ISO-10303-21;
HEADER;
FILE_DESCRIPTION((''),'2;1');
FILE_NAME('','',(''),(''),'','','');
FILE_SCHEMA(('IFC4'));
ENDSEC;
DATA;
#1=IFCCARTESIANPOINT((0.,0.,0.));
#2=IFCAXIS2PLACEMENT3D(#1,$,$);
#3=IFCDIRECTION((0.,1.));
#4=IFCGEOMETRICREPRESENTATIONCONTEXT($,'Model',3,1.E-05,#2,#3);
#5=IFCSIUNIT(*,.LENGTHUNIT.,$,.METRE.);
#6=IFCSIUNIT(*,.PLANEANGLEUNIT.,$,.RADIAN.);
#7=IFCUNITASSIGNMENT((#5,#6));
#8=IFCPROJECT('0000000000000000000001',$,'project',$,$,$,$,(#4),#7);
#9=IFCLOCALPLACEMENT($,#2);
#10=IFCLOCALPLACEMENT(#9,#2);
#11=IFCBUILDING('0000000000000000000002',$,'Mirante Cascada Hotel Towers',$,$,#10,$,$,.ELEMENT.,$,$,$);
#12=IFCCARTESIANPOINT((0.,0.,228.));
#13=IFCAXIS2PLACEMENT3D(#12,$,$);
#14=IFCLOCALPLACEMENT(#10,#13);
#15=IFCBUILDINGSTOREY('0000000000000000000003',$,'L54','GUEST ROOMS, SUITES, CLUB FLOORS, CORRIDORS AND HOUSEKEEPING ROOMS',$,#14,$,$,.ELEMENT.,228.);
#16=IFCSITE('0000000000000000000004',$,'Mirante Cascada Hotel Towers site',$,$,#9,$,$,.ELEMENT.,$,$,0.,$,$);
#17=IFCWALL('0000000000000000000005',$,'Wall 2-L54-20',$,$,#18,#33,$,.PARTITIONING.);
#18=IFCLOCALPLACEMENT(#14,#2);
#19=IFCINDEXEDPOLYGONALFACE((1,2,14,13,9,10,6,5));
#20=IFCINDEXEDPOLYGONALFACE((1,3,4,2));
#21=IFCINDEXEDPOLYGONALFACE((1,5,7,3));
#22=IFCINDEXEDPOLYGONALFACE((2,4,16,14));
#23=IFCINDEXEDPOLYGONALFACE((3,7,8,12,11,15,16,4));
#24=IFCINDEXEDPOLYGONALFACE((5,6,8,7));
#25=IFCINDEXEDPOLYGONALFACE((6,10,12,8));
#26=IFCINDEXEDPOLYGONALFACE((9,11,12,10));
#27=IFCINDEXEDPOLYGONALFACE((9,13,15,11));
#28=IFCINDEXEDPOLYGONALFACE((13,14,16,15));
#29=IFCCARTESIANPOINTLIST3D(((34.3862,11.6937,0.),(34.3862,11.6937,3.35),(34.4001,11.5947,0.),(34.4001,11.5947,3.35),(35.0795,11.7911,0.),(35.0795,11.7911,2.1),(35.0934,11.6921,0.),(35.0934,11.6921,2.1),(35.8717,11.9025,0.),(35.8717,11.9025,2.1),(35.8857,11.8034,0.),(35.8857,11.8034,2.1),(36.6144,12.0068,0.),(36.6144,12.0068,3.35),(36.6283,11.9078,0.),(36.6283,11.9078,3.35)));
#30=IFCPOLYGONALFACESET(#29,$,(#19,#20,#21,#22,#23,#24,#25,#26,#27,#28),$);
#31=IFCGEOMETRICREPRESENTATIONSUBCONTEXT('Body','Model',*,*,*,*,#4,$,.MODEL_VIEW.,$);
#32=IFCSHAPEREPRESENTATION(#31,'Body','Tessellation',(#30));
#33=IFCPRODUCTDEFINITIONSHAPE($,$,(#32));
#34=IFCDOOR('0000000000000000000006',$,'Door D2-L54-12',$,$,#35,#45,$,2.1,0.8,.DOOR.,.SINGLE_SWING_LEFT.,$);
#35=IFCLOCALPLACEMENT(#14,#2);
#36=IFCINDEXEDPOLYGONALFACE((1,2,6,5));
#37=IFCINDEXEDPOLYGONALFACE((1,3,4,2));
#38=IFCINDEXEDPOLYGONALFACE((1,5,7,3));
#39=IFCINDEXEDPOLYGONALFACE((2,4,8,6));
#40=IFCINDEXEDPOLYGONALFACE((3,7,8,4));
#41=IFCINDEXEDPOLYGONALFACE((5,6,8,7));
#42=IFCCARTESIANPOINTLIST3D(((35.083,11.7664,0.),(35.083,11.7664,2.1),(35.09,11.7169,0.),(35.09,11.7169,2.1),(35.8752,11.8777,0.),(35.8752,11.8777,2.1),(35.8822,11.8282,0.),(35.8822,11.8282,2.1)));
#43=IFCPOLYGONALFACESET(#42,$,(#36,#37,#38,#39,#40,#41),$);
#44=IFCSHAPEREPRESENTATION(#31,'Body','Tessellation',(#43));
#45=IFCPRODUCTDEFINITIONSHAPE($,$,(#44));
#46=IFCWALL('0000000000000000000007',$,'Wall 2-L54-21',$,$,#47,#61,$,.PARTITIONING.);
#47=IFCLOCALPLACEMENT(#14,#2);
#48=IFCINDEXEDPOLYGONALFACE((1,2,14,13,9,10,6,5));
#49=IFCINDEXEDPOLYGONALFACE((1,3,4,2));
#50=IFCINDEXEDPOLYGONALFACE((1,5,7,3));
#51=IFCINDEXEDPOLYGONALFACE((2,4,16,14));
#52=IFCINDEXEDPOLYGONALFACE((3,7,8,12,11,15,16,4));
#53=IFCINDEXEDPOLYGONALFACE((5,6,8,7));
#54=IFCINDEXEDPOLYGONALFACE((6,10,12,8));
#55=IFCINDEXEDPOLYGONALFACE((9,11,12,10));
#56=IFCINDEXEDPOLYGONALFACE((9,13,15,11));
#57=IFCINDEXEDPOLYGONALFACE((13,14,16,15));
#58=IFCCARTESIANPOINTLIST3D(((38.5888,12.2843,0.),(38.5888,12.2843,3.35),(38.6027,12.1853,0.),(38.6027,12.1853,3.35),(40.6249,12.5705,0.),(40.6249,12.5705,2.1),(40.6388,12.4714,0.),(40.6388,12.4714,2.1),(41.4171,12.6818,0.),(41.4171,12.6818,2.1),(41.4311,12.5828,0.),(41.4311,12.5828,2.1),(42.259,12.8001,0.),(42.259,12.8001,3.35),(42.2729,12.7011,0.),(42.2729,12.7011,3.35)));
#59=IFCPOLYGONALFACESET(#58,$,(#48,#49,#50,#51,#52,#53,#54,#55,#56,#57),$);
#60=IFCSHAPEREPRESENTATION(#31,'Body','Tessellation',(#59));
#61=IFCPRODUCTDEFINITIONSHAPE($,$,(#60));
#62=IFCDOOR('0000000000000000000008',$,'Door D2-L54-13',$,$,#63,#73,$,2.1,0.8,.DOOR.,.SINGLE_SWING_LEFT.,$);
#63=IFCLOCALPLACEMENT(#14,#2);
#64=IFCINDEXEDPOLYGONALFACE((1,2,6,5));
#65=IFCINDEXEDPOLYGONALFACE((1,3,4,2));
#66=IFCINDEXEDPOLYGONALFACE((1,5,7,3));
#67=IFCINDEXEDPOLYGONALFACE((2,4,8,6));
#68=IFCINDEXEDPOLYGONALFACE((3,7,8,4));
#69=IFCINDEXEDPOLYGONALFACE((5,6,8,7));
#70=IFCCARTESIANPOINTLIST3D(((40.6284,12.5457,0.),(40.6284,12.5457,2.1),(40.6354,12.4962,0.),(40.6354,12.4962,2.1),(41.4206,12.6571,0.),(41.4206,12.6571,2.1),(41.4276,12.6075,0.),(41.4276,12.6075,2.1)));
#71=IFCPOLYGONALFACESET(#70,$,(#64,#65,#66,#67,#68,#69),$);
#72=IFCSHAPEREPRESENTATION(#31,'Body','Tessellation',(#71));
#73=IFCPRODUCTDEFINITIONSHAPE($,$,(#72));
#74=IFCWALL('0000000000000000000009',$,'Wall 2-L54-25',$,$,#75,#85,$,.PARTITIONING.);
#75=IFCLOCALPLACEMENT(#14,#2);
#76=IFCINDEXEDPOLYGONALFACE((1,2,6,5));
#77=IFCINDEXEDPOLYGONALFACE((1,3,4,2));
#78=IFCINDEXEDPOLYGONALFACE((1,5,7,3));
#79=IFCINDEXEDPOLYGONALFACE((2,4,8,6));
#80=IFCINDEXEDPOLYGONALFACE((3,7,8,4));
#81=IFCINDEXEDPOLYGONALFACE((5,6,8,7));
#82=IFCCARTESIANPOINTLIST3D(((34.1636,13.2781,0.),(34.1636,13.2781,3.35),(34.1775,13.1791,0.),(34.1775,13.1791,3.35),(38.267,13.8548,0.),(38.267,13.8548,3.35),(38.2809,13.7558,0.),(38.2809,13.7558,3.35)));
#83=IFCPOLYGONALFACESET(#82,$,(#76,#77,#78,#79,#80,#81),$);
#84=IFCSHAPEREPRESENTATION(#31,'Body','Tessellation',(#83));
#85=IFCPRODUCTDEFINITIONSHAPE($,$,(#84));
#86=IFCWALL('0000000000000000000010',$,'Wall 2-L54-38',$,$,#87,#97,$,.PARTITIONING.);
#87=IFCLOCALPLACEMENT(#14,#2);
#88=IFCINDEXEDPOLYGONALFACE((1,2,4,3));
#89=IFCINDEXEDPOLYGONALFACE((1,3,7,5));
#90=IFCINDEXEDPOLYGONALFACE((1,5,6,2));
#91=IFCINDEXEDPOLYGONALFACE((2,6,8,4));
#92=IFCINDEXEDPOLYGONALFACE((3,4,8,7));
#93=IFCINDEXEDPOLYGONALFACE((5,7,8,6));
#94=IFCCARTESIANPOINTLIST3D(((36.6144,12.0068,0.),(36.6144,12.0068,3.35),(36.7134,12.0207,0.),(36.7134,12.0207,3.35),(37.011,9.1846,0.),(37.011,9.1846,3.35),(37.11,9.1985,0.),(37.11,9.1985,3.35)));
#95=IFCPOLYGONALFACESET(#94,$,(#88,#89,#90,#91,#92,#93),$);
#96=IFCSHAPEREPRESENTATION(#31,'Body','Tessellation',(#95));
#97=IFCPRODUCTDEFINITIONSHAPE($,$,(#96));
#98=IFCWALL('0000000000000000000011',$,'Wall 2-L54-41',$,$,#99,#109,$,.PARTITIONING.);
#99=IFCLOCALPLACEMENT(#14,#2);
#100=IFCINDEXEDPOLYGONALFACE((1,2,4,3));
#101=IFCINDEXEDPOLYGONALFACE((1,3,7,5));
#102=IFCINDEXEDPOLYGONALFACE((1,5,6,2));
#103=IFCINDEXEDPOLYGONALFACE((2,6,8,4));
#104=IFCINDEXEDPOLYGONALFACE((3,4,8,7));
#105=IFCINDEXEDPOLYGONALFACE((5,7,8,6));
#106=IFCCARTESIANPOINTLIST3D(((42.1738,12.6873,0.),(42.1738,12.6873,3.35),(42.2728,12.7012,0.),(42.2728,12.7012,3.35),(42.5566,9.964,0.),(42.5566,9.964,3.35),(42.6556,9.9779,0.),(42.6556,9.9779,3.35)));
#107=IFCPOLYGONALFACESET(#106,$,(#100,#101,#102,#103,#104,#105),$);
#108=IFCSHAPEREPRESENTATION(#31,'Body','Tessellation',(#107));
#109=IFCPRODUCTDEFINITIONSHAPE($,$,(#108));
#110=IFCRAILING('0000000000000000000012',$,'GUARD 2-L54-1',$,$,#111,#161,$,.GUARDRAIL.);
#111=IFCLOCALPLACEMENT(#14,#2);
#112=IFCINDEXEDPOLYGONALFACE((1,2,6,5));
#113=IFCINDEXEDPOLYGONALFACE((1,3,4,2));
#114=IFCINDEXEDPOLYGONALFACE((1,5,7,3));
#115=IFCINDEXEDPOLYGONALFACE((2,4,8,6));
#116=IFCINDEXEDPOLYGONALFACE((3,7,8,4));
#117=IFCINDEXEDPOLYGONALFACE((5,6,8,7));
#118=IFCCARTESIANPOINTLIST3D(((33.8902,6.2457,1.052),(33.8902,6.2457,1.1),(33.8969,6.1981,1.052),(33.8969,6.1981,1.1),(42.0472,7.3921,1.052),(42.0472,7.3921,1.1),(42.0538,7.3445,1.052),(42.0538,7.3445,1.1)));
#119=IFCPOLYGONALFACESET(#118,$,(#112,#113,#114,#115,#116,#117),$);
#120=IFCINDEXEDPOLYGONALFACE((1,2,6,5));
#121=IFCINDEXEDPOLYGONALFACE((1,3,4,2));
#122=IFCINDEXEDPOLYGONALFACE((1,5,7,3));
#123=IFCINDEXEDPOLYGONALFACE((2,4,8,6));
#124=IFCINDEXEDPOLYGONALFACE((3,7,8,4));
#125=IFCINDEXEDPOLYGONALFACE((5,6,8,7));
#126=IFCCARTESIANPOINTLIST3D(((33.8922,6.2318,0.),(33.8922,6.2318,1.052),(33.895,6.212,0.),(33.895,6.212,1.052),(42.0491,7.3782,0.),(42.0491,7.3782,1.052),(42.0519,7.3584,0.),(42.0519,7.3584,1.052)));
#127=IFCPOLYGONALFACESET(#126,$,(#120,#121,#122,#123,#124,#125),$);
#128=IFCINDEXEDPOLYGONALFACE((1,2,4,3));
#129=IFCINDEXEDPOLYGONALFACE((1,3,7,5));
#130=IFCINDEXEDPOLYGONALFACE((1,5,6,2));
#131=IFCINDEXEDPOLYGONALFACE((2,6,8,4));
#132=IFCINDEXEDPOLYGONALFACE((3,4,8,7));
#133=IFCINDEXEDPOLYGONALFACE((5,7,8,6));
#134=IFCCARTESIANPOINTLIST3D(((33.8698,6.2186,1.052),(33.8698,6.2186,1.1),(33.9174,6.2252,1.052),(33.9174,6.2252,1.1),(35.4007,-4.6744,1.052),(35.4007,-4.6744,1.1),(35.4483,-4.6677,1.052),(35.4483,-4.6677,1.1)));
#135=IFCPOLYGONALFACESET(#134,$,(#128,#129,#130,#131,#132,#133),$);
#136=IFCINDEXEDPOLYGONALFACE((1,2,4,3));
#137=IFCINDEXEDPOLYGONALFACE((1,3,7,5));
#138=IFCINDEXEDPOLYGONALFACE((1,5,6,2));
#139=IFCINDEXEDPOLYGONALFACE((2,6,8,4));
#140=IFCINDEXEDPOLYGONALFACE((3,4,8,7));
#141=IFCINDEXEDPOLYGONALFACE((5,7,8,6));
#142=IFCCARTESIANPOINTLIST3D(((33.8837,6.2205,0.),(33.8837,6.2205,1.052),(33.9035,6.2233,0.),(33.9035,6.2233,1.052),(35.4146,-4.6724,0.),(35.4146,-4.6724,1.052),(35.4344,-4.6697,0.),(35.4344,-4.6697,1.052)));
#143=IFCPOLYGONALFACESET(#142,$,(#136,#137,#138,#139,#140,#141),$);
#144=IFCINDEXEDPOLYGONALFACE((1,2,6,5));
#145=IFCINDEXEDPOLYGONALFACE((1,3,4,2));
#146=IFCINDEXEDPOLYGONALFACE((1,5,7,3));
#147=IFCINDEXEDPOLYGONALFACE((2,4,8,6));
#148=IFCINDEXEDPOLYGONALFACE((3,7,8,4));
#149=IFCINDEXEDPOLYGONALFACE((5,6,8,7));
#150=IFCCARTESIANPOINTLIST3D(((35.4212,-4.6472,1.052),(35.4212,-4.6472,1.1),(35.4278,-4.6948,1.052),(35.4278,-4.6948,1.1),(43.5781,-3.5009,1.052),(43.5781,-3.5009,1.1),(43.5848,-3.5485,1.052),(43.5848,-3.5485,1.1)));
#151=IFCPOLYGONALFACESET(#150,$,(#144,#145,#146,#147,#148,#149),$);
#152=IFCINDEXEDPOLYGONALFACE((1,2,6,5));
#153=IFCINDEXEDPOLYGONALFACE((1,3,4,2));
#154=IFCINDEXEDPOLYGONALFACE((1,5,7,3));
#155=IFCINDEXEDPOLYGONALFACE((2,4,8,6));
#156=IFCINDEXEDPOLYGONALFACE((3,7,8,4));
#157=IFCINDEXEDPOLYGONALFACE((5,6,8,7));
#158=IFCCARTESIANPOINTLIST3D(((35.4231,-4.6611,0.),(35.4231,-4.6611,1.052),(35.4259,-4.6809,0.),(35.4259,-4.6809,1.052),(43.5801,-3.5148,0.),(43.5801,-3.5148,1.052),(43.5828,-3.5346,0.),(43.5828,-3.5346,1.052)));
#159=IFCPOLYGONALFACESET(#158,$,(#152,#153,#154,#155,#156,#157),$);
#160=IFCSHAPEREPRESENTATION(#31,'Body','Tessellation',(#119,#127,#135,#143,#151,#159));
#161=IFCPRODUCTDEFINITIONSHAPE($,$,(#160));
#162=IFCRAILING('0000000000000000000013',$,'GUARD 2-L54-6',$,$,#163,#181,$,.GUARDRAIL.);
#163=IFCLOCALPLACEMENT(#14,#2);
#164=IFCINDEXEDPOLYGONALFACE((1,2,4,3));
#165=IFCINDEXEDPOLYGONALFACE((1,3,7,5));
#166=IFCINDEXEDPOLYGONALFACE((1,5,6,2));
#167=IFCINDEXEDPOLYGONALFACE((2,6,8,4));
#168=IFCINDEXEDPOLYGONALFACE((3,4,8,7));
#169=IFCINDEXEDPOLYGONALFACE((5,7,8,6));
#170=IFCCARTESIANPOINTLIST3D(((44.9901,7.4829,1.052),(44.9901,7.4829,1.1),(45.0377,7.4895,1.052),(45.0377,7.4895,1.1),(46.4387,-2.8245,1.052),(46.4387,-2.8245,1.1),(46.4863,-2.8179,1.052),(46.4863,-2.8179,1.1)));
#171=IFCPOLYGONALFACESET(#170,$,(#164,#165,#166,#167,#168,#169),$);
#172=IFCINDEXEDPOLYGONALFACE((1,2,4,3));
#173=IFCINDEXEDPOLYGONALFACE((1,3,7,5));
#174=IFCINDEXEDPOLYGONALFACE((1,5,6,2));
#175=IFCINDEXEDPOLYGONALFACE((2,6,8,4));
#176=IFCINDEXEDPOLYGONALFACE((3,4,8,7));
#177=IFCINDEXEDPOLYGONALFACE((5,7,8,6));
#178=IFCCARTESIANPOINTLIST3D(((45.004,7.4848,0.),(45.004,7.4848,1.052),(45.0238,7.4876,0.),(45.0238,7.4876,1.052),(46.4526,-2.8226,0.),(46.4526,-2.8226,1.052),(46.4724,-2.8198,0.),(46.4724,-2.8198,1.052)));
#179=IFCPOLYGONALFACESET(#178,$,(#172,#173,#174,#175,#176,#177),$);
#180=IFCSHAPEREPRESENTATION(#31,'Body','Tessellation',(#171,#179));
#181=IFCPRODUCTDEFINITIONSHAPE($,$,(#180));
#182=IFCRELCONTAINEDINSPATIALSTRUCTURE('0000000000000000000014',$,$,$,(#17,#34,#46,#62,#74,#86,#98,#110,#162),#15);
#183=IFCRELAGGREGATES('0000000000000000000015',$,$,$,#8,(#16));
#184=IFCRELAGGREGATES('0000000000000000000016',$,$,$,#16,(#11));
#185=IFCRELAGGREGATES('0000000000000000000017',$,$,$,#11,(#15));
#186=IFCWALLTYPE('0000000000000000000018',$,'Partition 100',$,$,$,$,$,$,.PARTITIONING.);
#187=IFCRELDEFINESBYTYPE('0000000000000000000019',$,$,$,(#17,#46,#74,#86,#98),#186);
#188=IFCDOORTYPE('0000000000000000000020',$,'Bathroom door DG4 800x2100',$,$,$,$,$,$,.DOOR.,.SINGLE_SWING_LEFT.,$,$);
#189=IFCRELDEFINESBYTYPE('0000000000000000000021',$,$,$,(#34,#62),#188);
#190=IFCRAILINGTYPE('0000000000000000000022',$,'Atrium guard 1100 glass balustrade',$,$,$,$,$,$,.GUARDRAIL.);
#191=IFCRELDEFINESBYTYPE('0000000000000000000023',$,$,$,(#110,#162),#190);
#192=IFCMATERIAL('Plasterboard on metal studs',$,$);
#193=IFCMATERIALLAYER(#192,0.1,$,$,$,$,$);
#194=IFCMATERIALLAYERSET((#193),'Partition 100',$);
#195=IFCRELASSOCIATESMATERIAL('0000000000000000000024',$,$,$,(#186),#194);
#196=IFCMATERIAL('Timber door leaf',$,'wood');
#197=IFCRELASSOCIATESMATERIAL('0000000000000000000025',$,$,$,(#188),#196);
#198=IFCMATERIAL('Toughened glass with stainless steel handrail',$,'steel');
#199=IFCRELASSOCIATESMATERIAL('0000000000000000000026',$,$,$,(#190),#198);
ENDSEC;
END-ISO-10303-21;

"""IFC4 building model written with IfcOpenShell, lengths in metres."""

from ifc_helpers import new_model, si_unit, direction, frame, frame_2d, origin, origin_2d, place, context, subcontext, project, spatial, rectangle, extrude, material, layer, layer_set, type_object, element, fill, save


model = new_model("IFC4")

# Units and contexts
model_context = context("Model", 3, precision=1e-05, world=origin(), true_north=direction((0.0, 1.0)))
body_context = subcontext(model_context, "Body", "Model", "MODEL_VIEW")
ifc_project = project(units=[si_unit("LENGTHUNIT", "METRE"), si_unit("PLANEANGLEUNIT", "RADIAN")], contexts=[model_context])

# Site, building, storey
site_placement = place(None, origin())
site = spatial("IfcSite", under=ifc_project, at=site_placement, Name="Mirante Cascada Hotel Towers site", CompositionType="ELEMENT", RefElevation=0.0)
building_placement = place(site_placement, origin())
building = spatial("IfcBuilding", under=site, at=building_placement, Name="Mirante Cascada Hotel Towers", CompositionType="ELEMENT")
storey_placement = place(building_placement, frame((0.0, 0.0, 228.0)))
storey = spatial("IfcBuildingStorey", under=building, at=storey_placement, Name="L54", Description="GUEST ROOMS, SUITES, CLUB FLOORS, CORRIDORS AND HOUSEKEEPING ROOMS", CompositionType="ELEMENT", Elevation=228.0)

# Shared definitions
ifc_material_1 = material(Name="Plasterboard on metal studs")
ifc_layer_1 = layer(ifc_material_1, 0.1)
ifc_layer_set_1 = layer_set([ifc_layer_1], Name="Partition 100")
wall_type_1 = type_object("IfcWallType", Name="Partition 100", PredefinedType="PARTITIONING", material=ifc_layer_set_1)

# Walls, openings, doors
wall_1_placement = place(storey_placement, frame((36.6214, 11.9573, 0.0), z_axis=(0.0, 0.0, 1.0), x_axis=(-0.990271, -0.13915, 0.0)))
wall_1 = element("IfcWall", 1, at=wall_1_placement, inside=storey, type_object=wall_type_1, Name="Wall 2-L54-20", PredefinedType="PARTITIONING", context=body_context, shape_type="SweptSolid", body=[
    extrude(rectangle(XDim=2.2501, YDim=0.1, at=frame_2d((1.1251, 0.0))), origin(), (0.0, 0.0, 1.0), 3.35),
])
opening_1_placement = place(wall_1_placement, frame((0.75, 0.0, 0.0)))
opening_1 = element("IfcOpeningElement", 2, at=opening_1_placement, cuts=wall_1, PredefinedType="OPENING", context=body_context, shape_type="SweptSolid", body=[
    extrude(rectangle(XDim=0.8, YDim=2.1, at=frame_2d((0.4, 1.05))), frame((0.0, 0.05, 0.0), z_axis=(0.0, -1.0, 0.0), x_axis=(1.0, 0.0, 0.0)), (0.0, 0.0, 1.0), 0.1),
])
ifc_material_2 = material(Name="Timber door leaf", Category="wood")
door_type_1 = type_object("IfcDoorType", Name="Bathroom door DG4 800x2100", OperationType="SINGLE_SWING_LEFT", PredefinedType="DOOR", material=ifc_material_2)
door_1_placement = place(opening_1_placement, origin())
door_1 = element("IfcDoor", 3, at=door_1_placement, inside=storey, type_object=door_type_1, Name="Door D2-L54-12", OperationType="SINGLE_SWING_LEFT", OverallHeight=2.1, OverallWidth=0.8, PredefinedType="DOOR", context=body_context, shape_type="SweptSolid", body=[
    extrude(rectangle(XDim=0.8, YDim=2.1, at=frame_2d((0.4, 1.05))), frame((0.0, 0.025, 0.0), z_axis=(0.0, -1.0, 0.0), x_axis=(1.0, 0.0, 0.0)), (0.0, 0.0, 1.0), 0.05),
])
fill(opening_1, door_1)
wall_2_placement = place(storey_placement, frame((38.5957, 12.2348, 0.0), z_axis=(0.0, 0.0, 1.0), x_axis=(0.990269, 0.13917, 0.0)))
wall_2 = element("IfcWall", 4, at=wall_2_placement, inside=storey, type_object=wall_type_1, Name="Wall 2-L54-21", PredefinedType="PARTITIONING", context=body_context, shape_type="SweptSolid", body=[
    extrude(rectangle(XDim=3.7063, YDim=0.1, at=frame_2d((1.8532, 0.0))), origin(), (0.0, 0.0, 1.0), 3.35),
])
opening_2_placement = place(wall_2_placement, frame((2.0562, 0.0, 0.0)))
opening_2 = element("IfcOpeningElement", 5, at=opening_2_placement, cuts=wall_2, PredefinedType="OPENING", context=body_context, shape_type="SweptSolid", body=[
    extrude(rectangle(XDim=0.8, YDim=2.1, at=frame_2d((0.4, 1.05))), frame((0.0, 0.05, 0.0), z_axis=(0.0, -1.0, 0.0), x_axis=(1.0, 0.0, 0.0)), (0.0, 0.0, 1.0), 0.1),
])
door_2_placement = place(opening_2_placement, origin())
door_2 = element("IfcDoor", 6, at=door_2_placement, inside=storey, type_object=door_type_1, Name="Door D2-L54-13", OperationType="SINGLE_SWING_LEFT", OverallHeight=2.1, OverallWidth=0.8, PredefinedType="DOOR", context=body_context, shape_type="SweptSolid", body=[
    extrude(rectangle(XDim=0.8, YDim=2.1, at=frame_2d((0.4, 1.05))), frame((0.0, 0.025, 0.0), z_axis=(0.0, -1.0, 0.0), x_axis=(1.0, 0.0, 0.0)), (0.0, 0.0, 1.0), 0.05),
])
fill(opening_2, door_2)

# Walls
wall_3_placement = place(storey_placement, frame((34.1706, 13.2286, 0.0), z_axis=(0.0, 0.0, 1.0), x_axis=(0.990268, 0.139174, 0.0)))
element("IfcWall", 7, at=wall_3_placement, inside=storey, type_object=wall_type_1, Name="Wall 2-L54-25", PredefinedType="PARTITIONING", context=body_context, shape_type="SweptSolid", body=[
    extrude(rectangle(XDim=4.1437, YDim=0.1, at=frame_2d((2.0718, 0.0))), origin(), (0.0, 0.0, 1.0), 3.35),
])
wall_4_placement = place(storey_placement, frame((36.6639, 12.0138, 0.0), z_axis=(0.0, 0.0, 1.0), x_axis=(0.139161, -0.99027, 0.0)))
element("IfcWall", 8, at=wall_4_placement, inside=storey, type_object=wall_type_1, Name="Wall 2-L54-38", PredefinedType="PARTITIONING", context=body_context, shape_type="SweptSolid", body=[
    extrude(rectangle(XDim=2.8499, YDim=0.1, at=frame_2d((1.425, 0.0))), origin(), (0.0, 0.0, 1.0), 3.35),
])
wall_5_placement = place(storey_placement, frame((42.6061, 9.9709, 0.0), z_axis=(0.0, 0.0, 1.0), x_axis=(-0.139196, 0.990265, 0.0)))
element("IfcWall", 9, at=wall_5_placement, inside=storey, type_object=wall_type_1, Name="Wall 2-L54-41", PredefinedType="PARTITIONING", context=body_context, shape_type="SweptSolid", body=[
    extrude(rectangle(XDim=2.7501, YDim=0.1, at=frame_2d((1.3751, 0.0))), origin(), (0.0, 0.0, 1.0), 3.35),
])

# Railings
ifc_material_3 = material(Name="Toughened glass with stainless steel handrail", Category="steel")
railing_type = type_object("IfcRailingType", Name="Atrium guard 1100 glass balustrade", PredefinedType="GUARDRAIL", material=ifc_material_3)
railing_1_placement = place(storey_placement, frame((42.0505, 7.3683, 0.0)))
element("IfcRailing", 10, at=railing_1_placement, inside=storey, type_object=railing_type, Name="GUARD 2-L54-1", PredefinedType="GUARDRAIL", context=body_context, shape_type="SweptSolid", body=[
    extrude(rectangle(XDim=0.048, YDim=0.048, at=origin_2d()), frame((0.0, 0.0, 1.076), z_axis=(-0.990268, -0.139176, 0.0), x_axis=(0.139176, -0.990268, 0.0)), (0.0, 0.0, 1.0), 8.2371),
    extrude(rectangle(XDim=0.02, YDim=1.052, at=origin_2d()), frame((0.0, 0.0, 0.526), z_axis=(-0.990268, -0.139176, 0.0), x_axis=(0.139176, -0.990268, 0.0)), (0.0, 0.0, 1.0), 8.2371),
    extrude(rectangle(XDim=0.048, YDim=0.048, at=origin_2d()), frame((-8.1569, -1.1464, 1.076), z_axis=(0.139173, -0.990268, 0.0), x_axis=(0.990268, 0.139173, 0.0)), (0.0, 0.0, 1.0), 11.0),
    extrude(rectangle(XDim=0.02, YDim=1.052, at=origin_2d()), frame((-8.1569, -1.1464, 0.526), z_axis=(0.139173, -0.990268, 0.0), x_axis=(0.990268, 0.139173, 0.0)), (0.0, 0.0, 1.0), 11.0),
    extrude(rectangle(XDim=0.048, YDim=0.048, at=origin_2d()), frame((-6.626, -12.0393, 1.076), z_axis=(0.990269, 0.139164, 0.0), x_axis=(-0.139164, 0.990269, 0.0)), (0.0, 0.0, 1.0), 8.2371),
    extrude(rectangle(XDim=0.02, YDim=1.052, at=origin_2d()), frame((-6.626, -12.0393, 0.526), z_axis=(0.990269, 0.139164, 0.0), x_axis=(-0.139164, 0.990269, 0.0)), (0.0, 0.0, 1.0), 8.2371),
])
railing_2_placement = place(storey_placement, frame((45.0139, 7.4862, 0.0)))
element("IfcRailing", 11, at=railing_2_placement, inside=storey, type_object=railing_type, Name="GUARD 2-L54-6", PredefinedType="GUARDRAIL", context=body_context, shape_type="SweptSolid", body=[
    extrude(rectangle(XDim=0.048, YDim=0.048, at=origin_2d()), frame((0.0, 0.0, 1.076), z_axis=(0.139172, -0.990268, 0.0), x_axis=(0.990268, 0.139172, 0.0)), (0.0, 0.0, 1.0), 10.4087),
    extrude(rectangle(XDim=0.02, YDim=1.052, at=origin_2d()), frame((0.0, 0.0, 0.526), z_axis=(0.139172, -0.990268, 0.0), x_axis=(0.990268, 0.139172, 0.0)), (0.0, 0.0, 1.0), 10.4087),
])

save(model, "model.ifc")
